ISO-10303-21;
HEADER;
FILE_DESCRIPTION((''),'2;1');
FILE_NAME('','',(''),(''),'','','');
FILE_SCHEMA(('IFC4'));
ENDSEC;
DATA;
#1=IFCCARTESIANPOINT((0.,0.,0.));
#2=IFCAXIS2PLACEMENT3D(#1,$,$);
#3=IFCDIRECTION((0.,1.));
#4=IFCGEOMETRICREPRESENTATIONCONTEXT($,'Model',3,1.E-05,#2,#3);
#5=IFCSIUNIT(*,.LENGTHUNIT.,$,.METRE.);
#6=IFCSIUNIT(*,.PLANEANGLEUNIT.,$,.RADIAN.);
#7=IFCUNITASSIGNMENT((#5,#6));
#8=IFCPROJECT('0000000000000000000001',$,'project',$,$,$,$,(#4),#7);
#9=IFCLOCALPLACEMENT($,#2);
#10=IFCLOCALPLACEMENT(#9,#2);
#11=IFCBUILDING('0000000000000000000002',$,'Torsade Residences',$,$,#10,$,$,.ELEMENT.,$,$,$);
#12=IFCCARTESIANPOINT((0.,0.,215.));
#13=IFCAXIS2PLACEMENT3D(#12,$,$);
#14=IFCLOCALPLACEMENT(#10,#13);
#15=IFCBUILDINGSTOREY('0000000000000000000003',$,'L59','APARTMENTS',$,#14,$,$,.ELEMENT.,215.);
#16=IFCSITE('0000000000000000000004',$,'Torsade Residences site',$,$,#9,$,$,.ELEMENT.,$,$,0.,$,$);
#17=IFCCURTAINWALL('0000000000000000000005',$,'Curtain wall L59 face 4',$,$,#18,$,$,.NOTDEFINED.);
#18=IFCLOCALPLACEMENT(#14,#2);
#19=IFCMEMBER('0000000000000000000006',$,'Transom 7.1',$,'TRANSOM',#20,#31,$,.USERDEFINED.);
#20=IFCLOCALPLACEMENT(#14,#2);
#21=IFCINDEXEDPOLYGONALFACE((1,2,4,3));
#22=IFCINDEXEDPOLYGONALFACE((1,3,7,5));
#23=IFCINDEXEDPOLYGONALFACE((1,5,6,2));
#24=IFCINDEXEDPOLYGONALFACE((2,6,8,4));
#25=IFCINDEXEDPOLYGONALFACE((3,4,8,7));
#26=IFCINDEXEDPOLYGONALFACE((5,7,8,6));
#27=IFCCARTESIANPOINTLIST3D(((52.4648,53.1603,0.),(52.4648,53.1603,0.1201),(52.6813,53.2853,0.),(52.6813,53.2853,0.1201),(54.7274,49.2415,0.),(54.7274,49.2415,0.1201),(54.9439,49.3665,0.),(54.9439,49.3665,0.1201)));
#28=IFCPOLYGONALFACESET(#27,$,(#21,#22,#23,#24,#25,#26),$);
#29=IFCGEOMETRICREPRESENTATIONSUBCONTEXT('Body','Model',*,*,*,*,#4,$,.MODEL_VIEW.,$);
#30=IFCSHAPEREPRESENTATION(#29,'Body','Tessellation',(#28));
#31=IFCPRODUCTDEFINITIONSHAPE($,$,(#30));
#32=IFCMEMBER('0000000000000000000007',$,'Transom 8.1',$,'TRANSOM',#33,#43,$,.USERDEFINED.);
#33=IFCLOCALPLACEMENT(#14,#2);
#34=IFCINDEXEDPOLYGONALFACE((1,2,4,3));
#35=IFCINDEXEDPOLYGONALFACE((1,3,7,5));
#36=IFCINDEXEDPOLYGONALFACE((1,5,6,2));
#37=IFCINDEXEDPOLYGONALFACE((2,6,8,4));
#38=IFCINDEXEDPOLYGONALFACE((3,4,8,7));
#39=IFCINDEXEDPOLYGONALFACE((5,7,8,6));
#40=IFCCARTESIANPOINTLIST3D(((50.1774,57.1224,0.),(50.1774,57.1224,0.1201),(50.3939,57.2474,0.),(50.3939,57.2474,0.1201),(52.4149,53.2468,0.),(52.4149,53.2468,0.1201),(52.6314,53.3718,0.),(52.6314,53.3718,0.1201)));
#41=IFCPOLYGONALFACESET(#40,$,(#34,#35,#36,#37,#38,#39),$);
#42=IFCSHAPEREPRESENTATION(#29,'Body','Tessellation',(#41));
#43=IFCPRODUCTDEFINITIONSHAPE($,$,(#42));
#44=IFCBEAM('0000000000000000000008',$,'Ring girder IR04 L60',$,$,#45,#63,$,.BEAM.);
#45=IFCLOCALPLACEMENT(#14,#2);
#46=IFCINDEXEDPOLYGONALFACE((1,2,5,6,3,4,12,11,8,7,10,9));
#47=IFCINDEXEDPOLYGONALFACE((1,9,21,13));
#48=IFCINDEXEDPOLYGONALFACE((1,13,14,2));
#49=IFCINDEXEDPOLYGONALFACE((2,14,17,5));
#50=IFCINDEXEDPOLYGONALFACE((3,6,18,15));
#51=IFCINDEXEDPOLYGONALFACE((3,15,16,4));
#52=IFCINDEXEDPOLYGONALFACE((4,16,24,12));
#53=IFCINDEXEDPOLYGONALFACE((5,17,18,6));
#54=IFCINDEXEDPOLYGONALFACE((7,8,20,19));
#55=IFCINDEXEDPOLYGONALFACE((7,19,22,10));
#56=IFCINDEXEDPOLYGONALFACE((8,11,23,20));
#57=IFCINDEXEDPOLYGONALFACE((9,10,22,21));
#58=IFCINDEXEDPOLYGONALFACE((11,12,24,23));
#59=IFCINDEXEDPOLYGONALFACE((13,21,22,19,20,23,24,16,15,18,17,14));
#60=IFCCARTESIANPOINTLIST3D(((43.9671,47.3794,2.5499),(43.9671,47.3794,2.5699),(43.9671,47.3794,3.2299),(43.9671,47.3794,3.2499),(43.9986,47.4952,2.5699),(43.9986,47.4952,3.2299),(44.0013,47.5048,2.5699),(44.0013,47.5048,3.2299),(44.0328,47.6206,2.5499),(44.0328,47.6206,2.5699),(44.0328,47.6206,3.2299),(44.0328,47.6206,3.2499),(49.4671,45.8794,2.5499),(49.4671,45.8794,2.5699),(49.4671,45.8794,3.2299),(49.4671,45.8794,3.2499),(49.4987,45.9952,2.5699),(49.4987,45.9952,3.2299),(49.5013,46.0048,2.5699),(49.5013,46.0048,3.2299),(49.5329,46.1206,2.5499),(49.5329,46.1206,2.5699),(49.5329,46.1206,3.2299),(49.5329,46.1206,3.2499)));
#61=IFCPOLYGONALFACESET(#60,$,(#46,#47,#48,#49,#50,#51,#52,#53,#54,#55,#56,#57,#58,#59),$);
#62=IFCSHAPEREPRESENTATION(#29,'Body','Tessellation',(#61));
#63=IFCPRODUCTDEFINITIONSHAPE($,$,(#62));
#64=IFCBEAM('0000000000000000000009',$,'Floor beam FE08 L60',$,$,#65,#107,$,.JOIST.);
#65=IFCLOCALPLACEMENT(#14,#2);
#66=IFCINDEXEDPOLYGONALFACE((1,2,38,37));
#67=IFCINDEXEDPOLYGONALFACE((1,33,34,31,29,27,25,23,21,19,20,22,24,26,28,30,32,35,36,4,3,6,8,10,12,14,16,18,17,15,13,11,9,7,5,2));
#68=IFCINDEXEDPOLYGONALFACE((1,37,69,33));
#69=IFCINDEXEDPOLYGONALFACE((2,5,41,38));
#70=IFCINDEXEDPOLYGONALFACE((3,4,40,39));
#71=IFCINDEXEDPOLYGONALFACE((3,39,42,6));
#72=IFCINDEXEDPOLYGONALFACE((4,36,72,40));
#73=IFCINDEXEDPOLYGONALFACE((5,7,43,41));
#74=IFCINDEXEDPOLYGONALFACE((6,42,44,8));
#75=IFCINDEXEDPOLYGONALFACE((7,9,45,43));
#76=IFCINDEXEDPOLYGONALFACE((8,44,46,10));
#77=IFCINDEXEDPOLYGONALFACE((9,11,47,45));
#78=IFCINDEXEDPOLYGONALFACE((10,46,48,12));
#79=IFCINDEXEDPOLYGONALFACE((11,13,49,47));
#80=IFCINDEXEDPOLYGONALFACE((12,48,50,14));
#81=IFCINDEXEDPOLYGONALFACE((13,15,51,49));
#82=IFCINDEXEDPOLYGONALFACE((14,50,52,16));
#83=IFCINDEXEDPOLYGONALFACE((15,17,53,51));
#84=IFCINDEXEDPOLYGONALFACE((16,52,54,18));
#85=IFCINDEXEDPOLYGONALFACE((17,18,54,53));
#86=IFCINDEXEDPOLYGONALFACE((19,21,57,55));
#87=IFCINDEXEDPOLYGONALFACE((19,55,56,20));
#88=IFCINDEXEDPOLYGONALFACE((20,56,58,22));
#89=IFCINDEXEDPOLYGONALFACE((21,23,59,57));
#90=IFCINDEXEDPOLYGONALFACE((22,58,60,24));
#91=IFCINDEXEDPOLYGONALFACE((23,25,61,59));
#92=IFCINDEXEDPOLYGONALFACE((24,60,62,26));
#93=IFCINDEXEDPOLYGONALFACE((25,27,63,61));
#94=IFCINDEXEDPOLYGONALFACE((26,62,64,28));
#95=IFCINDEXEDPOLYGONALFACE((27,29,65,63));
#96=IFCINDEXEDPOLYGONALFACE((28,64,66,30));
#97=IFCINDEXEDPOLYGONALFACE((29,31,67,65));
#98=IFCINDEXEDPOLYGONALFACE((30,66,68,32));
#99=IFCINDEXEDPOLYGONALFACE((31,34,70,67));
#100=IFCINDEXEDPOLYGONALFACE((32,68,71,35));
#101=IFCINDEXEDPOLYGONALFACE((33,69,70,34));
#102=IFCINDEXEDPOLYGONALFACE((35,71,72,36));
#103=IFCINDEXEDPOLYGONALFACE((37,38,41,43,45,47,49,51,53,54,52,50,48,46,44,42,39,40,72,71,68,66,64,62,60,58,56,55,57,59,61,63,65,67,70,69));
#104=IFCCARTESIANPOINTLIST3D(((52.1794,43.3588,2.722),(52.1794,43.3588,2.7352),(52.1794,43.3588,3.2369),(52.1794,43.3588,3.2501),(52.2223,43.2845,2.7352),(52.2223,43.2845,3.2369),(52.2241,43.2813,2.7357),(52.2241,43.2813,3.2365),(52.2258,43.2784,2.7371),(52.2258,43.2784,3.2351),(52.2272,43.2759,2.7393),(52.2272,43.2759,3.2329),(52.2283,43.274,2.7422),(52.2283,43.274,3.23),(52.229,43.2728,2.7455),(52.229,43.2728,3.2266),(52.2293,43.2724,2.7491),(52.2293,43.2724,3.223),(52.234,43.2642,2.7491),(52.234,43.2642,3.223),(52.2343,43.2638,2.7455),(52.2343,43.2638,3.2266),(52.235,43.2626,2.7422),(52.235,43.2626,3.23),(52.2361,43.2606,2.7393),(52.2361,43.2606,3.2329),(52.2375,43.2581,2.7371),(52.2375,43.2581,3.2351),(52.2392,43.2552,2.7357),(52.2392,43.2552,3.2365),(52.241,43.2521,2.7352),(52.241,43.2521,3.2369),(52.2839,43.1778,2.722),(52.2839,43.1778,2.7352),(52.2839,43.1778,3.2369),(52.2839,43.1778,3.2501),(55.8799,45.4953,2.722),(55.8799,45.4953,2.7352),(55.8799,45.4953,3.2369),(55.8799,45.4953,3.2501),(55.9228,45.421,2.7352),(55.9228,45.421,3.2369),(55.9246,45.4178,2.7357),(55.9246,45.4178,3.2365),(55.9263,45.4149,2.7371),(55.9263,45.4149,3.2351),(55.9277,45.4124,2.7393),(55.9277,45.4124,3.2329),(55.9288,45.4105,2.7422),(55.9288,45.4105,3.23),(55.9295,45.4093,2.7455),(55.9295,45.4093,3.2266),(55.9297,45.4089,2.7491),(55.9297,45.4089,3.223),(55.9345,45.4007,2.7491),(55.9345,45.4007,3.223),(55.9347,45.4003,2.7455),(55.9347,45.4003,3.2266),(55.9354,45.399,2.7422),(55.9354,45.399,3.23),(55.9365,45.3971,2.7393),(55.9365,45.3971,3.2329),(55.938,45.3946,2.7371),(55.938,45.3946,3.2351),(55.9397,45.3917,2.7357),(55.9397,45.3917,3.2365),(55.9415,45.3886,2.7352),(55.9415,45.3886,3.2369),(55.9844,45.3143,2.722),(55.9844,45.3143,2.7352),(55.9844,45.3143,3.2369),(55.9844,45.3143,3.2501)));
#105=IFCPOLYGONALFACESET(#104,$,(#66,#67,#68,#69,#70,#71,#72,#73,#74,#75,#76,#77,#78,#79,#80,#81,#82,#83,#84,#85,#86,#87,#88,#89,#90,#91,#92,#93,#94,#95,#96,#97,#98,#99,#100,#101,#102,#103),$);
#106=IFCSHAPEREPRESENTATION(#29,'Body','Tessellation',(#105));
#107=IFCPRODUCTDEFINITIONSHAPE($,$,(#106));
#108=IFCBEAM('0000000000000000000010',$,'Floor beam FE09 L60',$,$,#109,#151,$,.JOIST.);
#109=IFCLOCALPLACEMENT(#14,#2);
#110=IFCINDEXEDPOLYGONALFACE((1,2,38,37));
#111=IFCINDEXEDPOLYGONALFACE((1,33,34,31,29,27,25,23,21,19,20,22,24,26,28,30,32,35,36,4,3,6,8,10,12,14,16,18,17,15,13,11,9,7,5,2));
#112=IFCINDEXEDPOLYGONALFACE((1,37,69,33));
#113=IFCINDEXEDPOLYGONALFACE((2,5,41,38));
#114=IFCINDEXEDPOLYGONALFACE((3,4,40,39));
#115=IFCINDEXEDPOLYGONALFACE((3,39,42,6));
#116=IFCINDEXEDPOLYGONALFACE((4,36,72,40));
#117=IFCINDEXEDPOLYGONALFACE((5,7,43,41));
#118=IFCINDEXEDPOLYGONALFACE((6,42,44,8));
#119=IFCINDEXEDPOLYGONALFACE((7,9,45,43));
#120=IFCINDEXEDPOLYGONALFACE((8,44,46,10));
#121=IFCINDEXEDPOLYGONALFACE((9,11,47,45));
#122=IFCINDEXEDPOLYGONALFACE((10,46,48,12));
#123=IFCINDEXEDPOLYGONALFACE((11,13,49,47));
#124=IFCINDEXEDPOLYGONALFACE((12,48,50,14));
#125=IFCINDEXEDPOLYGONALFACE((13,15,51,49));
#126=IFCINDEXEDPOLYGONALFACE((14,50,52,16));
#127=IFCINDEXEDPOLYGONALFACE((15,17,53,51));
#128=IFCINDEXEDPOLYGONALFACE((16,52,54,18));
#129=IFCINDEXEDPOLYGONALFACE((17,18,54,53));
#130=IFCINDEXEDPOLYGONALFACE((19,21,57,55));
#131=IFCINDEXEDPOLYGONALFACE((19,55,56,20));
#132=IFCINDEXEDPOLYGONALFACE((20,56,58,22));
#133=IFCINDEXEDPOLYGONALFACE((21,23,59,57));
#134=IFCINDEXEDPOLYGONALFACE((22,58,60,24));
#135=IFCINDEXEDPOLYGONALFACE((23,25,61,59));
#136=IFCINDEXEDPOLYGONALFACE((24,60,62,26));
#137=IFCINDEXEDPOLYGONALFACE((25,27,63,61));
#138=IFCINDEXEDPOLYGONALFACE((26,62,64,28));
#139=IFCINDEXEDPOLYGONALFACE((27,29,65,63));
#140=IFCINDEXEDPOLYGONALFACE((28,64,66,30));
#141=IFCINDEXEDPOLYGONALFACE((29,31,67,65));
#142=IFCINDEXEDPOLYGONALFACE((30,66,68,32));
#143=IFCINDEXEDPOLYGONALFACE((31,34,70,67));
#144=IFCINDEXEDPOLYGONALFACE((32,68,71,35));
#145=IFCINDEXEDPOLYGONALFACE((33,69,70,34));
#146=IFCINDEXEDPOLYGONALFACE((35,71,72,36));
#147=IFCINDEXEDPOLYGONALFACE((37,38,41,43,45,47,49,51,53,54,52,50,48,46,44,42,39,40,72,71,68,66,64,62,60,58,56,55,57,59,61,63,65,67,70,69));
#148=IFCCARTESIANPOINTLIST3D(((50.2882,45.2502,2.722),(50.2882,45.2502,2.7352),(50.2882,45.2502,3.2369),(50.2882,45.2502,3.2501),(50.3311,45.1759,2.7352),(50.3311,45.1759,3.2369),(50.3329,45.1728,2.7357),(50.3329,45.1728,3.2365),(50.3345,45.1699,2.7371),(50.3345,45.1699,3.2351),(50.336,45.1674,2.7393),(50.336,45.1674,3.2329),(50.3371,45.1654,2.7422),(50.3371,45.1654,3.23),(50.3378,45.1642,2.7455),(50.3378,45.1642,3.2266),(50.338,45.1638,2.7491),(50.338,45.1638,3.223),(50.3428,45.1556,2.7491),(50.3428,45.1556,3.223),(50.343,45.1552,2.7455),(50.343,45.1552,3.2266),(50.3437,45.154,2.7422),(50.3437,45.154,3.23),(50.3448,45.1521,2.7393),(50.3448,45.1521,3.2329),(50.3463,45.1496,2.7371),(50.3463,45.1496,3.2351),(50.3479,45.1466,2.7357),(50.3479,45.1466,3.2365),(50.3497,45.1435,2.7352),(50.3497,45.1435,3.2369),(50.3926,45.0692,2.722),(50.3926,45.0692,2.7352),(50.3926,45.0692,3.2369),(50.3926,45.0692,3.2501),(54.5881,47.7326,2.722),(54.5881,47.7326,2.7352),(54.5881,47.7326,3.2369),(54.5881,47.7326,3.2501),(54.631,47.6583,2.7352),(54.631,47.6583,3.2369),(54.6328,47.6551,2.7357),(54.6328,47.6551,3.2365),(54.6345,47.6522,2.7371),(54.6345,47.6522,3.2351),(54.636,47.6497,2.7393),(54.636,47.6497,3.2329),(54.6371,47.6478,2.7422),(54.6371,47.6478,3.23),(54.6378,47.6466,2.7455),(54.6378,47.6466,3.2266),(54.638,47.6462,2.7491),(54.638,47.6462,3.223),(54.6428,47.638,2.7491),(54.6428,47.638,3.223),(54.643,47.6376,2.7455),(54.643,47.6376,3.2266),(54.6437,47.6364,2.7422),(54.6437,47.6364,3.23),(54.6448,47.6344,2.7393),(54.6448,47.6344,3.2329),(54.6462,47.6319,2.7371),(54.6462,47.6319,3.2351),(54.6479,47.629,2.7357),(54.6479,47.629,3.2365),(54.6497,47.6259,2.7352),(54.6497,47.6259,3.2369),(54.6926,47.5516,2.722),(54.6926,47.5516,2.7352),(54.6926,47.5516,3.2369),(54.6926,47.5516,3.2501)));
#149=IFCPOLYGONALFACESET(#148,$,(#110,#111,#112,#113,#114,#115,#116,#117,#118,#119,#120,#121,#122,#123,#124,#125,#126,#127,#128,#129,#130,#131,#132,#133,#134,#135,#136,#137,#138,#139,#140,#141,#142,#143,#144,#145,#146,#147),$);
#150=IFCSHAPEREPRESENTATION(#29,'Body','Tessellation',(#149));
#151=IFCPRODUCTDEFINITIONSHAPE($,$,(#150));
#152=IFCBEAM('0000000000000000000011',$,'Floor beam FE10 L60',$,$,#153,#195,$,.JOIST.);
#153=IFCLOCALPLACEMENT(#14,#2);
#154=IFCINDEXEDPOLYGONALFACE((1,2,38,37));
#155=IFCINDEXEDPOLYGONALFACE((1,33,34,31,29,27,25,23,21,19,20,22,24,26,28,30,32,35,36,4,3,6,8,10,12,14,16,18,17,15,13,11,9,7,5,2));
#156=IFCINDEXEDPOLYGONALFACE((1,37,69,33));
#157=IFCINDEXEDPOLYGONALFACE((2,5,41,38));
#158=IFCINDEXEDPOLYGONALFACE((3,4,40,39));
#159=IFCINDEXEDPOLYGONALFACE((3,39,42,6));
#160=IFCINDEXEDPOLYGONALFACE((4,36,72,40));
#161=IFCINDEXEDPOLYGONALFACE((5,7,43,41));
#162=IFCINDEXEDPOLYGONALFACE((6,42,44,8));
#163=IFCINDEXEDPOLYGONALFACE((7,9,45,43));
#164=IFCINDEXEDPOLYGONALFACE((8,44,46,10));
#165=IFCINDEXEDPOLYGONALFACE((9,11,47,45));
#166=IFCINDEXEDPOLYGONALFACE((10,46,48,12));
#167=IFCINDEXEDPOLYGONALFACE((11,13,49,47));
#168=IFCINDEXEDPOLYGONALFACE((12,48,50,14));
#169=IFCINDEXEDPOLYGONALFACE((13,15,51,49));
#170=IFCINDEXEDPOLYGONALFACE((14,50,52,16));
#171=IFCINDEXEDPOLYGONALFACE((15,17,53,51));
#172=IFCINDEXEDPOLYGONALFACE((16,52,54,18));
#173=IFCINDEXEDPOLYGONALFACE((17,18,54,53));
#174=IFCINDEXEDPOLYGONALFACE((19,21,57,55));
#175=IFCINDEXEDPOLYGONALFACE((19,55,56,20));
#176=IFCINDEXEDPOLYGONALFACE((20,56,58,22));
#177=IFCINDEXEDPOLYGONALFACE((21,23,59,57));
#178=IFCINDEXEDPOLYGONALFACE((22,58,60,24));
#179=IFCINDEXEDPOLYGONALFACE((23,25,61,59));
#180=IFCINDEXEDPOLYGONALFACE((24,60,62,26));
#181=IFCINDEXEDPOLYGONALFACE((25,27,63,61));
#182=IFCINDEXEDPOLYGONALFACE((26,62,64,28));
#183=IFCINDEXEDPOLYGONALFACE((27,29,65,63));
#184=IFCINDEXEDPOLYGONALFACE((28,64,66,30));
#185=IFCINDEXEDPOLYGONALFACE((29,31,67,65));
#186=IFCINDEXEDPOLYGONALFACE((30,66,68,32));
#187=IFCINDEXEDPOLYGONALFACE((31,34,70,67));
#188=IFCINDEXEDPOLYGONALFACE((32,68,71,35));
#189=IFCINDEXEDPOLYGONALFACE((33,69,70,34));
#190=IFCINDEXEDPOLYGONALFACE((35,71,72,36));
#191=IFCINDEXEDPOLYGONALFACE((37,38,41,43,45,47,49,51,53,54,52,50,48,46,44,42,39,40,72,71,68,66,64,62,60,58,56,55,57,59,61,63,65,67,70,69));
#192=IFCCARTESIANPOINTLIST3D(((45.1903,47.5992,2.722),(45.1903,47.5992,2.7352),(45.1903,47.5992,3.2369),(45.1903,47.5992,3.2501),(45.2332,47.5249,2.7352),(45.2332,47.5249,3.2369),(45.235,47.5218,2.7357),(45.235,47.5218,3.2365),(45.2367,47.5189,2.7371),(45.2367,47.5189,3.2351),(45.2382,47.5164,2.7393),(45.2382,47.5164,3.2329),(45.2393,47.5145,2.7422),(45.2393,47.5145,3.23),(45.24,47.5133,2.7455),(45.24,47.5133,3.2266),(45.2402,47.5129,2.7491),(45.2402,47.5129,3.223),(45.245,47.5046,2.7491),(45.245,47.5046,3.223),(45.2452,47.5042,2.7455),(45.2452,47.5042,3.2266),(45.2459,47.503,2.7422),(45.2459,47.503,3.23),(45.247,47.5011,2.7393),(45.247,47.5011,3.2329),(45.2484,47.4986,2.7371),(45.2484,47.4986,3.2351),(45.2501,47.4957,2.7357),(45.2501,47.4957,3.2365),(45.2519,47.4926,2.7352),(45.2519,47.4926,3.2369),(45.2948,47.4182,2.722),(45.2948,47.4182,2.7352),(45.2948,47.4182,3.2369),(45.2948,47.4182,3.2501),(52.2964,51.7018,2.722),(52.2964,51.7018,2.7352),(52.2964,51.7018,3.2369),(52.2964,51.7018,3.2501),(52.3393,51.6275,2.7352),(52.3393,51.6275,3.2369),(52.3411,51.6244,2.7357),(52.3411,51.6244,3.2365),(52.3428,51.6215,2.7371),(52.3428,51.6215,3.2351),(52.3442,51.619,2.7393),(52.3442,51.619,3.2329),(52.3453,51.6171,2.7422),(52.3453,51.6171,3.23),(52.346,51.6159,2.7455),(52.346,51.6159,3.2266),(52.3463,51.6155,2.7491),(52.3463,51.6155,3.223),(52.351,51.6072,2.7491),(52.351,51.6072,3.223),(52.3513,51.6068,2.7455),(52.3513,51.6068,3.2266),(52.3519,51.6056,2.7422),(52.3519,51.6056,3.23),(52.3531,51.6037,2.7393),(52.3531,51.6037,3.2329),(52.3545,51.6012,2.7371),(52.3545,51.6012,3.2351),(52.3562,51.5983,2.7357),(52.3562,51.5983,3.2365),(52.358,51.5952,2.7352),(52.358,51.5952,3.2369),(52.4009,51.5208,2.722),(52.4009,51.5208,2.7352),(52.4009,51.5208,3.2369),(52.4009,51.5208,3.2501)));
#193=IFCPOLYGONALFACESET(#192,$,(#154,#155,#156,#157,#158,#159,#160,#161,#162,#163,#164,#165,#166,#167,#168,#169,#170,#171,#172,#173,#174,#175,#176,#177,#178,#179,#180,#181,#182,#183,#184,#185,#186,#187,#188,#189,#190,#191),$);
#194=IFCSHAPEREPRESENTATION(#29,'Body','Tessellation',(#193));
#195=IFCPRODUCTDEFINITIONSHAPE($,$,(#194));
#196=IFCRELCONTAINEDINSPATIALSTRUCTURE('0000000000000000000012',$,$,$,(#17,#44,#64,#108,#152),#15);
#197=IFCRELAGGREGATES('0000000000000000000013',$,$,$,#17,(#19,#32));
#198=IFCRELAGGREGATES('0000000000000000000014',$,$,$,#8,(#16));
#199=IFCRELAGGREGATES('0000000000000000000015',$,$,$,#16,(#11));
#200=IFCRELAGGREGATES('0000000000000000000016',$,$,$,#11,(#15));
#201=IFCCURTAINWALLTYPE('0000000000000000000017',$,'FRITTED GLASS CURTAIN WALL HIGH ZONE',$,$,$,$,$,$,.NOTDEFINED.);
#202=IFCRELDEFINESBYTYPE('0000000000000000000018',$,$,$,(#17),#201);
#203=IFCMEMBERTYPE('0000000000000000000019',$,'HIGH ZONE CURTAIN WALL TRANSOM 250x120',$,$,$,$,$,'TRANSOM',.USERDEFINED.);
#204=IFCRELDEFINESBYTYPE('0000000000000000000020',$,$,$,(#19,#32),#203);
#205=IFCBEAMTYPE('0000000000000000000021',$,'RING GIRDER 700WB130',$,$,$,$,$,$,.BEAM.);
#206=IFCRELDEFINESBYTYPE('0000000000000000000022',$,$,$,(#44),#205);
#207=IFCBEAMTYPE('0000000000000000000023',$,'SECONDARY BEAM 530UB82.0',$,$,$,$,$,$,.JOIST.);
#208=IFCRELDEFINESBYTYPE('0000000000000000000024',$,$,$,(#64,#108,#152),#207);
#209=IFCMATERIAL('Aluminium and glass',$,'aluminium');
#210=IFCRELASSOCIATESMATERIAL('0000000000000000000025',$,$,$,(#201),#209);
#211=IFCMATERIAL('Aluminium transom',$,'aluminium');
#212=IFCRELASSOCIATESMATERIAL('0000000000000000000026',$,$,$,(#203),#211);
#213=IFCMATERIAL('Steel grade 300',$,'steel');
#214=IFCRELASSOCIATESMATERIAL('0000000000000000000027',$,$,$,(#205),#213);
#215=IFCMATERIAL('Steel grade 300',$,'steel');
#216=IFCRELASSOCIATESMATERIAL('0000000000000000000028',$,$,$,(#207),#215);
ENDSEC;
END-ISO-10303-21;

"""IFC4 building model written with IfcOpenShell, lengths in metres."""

from ifc_helpers import new_model, si_unit, direction, frame, origin, origin_2d, place, context, subcontext, project, spatial, rectangle, i_section, extrude, material, material_profile, profile_set, type_object, element, aggregate, save


model = new_model("IFC4")

# Units and contexts
model_context = context("Model", 3, precision=1e-05, world=origin(), true_north=direction((0.0, 1.0)))
body_context = subcontext(model_context, "Body", "Model", "MODEL_VIEW")
ifc_project = project(units=[si_unit("LENGTHUNIT", "METRE"), si_unit("PLANEANGLEUNIT", "RADIAN")], contexts=[model_context])

# Site, building, storey
site_placement = place(None, origin())
site = spatial("IfcSite", under=ifc_project, at=site_placement, Name="Torsade Residences site", CompositionType="ELEMENT", RefElevation=0.0)
building_placement = place(site_placement, origin())
building = spatial("IfcBuilding", under=site, at=building_placement, Name="Torsade Residences", CompositionType="ELEMENT")
storey_placement = place(building_placement, frame((0.0, 0.0, 215.0)))
storey = spatial("IfcBuildingStorey", under=building, at=storey_placement, Name="L59", Description="APARTMENTS", CompositionType="ELEMENT", Elevation=215.0)

# Curtain wall, members
ifc_material_1 = material(Name="Aluminium and glass", Category="aluminium")
curtain_wall_type = type_object("IfcCurtainWallType", Name="FRITTED GLASS CURTAIN WALL HIGH ZONE", PredefinedType="NOTDEFINED", material=ifc_material_1)
curtain_wall_placement = place(storey_placement, origin())
curtain_wall = element("IfcCurtainWall", 1, at=curtain_wall_placement, inside=storey, type_object=curtain_wall_type, Name="Curtain wall L59 face 4", PredefinedType="NOTDEFINED")
ifc_material_2 = material(Name="Aluminium transom", Category="aluminium")
ifc_material_profile_1 = material_profile(ifc_material_2, rectangle(XDim=0.25, YDim=0.1201, at=origin_2d()), Name="HIGH ZONE CURTAIN WALL TRANSOM 250x120")
ifc_profile_set_1 = profile_set([ifc_material_profile_1], Name="Aluminium transom")
member_type_1 = type_object("IfcMemberType", Name="HIGH ZONE CURTAIN WALL TRANSOM 250x120", ElementType="TRANSOM", PredefinedType="USERDEFINED", material=ifc_profile_set_1)
member_1_placement = place(storey_placement, frame((54.8357, 49.304, 0.0601), z_axis=(-0.500015, 0.866017, 0.0), x_axis=(-0.866017, -0.500015, 0.0)))
member_1 = element("IfcMember", 2, at=member_1_placement, type_object=member_type_1, Name="Transom 7.1", ObjectType="TRANSOM", PredefinedType="USERDEFINED", context=body_context, shape_type="SweptSolid", body=[
    extrude(rectangle(XDim=0.25, YDim=0.1201, at=origin_2d()), origin(), (0.0, 0.0, 1.0), 4.5251),
])
member_2_placement = place(storey_placement, frame((52.5232, 53.3093, 0.0601), z_axis=(-0.500006, 0.866022, 0.0), x_axis=(-0.866022, -0.500006, 0.0)))
member_2 = element("IfcMember", 3, at=member_2_placement, type_object=member_type_1, Name="Transom 8.1", ObjectType="TRANSOM", PredefinedType="USERDEFINED", context=body_context, shape_type="SweptSolid", body=[
    extrude(rectangle(XDim=0.25, YDim=0.1201, at=origin_2d()), origin(), (0.0, 0.0, 1.0), 4.4751),
])

# Beams
ifc_material_3 = material(Name="Steel grade 300", Category="steel")
ifc_material_profile_2 = material_profile(ifc_material_3, i_section(OverallWidth=0.25, OverallDepth=0.7, WebThickness=0.01, FlangeThickness=0.02, at=origin_2d()), Name="700WB130")
ifc_profile_set_2 = profile_set([ifc_material_profile_2], Name="Steel grade 300")
beam_type_1 = type_object("IfcBeamType", Name="RING GIRDER 700WB130", PredefinedType="BEAM", material=ifc_profile_set_2)
beam_1_placement = place(storey_placement, frame((49.5, 46.0, 2.8999), z_axis=(-0.964764, 0.263117, 0.0), x_axis=(-0.263117, -0.964764, 0.0)))
element("IfcBeam", 4, at=beam_1_placement, inside=storey, type_object=beam_type_1, Name="Ring girder IR04 L60", PredefinedType="BEAM", context=body_context, shape_type="SweptSolid", body=[
    extrude(i_section(OverallWidth=0.25, OverallDepth=0.7, WebThickness=0.01, FlangeThickness=0.02, at=origin_2d()), origin(), (0.0, 0.0, 1.0), 5.7009),
])
ifc_material_4 = material(Name="Steel grade 300", Category="steel")
ifc_material_profile_3 = material_profile(ifc_material_4, i_section(OverallWidth=0.209, OverallDepth=0.5281, WebThickness=0.0095, FlangeThickness=0.0132, FilletRadius=0.0139, at=origin_2d()), Name="530UB82.0")
ifc_profile_set_3 = profile_set([ifc_material_profile_3], Name="Steel grade 300")
beam_type_2 = type_object("IfcBeamType", Name="SECONDARY BEAM 530UB82.0", PredefinedType="JOIST", material=ifc_profile_set_3)
beam_2_placement = place(storey_placement, frame((55.9321, 45.4048, 2.9861), z_axis=(-0.866023, -0.500004, 0.0), x_axis=(0.500004, -0.866023, 0.0)))
element("IfcBeam", 5, at=beam_2_placement, inside=storey, type_object=beam_type_2, Name="Floor beam FE08 L60", PredefinedType="JOIST", context=body_context, shape_type="SweptSolid", body=[
    extrude(i_section(OverallWidth=0.209, OverallDepth=0.5281, WebThickness=0.0095, FlangeThickness=0.0132, FilletRadius=0.0139, at=origin_2d()), origin(), (0.0, 0.0, 1.0), 4.2729),
])
beam_3_placement = place(storey_placement, frame((54.6404, 47.6421, 2.9861), z_axis=(-0.866044, -0.499968, 0.0), x_axis=(0.499968, -0.866044, 0.0)))
element("IfcBeam", 6, at=beam_3_placement, inside=storey, type_object=beam_type_2, Name="Floor beam FE09 L60", PredefinedType="JOIST", context=body_context, shape_type="SweptSolid", body=[
    extrude(i_section(OverallWidth=0.209, OverallDepth=0.5281, WebThickness=0.0095, FlangeThickness=0.0132, FilletRadius=0.0139, at=origin_2d()), origin(), (0.0, 0.0, 1.0), 4.9651),
])
beam_4_placement = place(storey_placement, frame((52.3486, 51.6113, 2.9861), z_axis=(-0.86603, -0.499992, 0.0), x_axis=(0.499992, -0.86603, 0.0)))
element("IfcBeam", 7, at=beam_4_placement, inside=storey, type_object=beam_type_2, Name="Floor beam FE10 L60", PredefinedType="JOIST", context=body_context, shape_type="SweptSolid", body=[
    extrude(i_section(OverallWidth=0.209, OverallDepth=0.5281, WebThickness=0.0095, FlangeThickness=0.0132, FilletRadius=0.0139, at=origin_2d()), origin(), (0.0, 0.0, 1.0), 8.2053),
])

aggregate(curtain_wall, [member_1, member_2])

save(model, "model.ifc")
